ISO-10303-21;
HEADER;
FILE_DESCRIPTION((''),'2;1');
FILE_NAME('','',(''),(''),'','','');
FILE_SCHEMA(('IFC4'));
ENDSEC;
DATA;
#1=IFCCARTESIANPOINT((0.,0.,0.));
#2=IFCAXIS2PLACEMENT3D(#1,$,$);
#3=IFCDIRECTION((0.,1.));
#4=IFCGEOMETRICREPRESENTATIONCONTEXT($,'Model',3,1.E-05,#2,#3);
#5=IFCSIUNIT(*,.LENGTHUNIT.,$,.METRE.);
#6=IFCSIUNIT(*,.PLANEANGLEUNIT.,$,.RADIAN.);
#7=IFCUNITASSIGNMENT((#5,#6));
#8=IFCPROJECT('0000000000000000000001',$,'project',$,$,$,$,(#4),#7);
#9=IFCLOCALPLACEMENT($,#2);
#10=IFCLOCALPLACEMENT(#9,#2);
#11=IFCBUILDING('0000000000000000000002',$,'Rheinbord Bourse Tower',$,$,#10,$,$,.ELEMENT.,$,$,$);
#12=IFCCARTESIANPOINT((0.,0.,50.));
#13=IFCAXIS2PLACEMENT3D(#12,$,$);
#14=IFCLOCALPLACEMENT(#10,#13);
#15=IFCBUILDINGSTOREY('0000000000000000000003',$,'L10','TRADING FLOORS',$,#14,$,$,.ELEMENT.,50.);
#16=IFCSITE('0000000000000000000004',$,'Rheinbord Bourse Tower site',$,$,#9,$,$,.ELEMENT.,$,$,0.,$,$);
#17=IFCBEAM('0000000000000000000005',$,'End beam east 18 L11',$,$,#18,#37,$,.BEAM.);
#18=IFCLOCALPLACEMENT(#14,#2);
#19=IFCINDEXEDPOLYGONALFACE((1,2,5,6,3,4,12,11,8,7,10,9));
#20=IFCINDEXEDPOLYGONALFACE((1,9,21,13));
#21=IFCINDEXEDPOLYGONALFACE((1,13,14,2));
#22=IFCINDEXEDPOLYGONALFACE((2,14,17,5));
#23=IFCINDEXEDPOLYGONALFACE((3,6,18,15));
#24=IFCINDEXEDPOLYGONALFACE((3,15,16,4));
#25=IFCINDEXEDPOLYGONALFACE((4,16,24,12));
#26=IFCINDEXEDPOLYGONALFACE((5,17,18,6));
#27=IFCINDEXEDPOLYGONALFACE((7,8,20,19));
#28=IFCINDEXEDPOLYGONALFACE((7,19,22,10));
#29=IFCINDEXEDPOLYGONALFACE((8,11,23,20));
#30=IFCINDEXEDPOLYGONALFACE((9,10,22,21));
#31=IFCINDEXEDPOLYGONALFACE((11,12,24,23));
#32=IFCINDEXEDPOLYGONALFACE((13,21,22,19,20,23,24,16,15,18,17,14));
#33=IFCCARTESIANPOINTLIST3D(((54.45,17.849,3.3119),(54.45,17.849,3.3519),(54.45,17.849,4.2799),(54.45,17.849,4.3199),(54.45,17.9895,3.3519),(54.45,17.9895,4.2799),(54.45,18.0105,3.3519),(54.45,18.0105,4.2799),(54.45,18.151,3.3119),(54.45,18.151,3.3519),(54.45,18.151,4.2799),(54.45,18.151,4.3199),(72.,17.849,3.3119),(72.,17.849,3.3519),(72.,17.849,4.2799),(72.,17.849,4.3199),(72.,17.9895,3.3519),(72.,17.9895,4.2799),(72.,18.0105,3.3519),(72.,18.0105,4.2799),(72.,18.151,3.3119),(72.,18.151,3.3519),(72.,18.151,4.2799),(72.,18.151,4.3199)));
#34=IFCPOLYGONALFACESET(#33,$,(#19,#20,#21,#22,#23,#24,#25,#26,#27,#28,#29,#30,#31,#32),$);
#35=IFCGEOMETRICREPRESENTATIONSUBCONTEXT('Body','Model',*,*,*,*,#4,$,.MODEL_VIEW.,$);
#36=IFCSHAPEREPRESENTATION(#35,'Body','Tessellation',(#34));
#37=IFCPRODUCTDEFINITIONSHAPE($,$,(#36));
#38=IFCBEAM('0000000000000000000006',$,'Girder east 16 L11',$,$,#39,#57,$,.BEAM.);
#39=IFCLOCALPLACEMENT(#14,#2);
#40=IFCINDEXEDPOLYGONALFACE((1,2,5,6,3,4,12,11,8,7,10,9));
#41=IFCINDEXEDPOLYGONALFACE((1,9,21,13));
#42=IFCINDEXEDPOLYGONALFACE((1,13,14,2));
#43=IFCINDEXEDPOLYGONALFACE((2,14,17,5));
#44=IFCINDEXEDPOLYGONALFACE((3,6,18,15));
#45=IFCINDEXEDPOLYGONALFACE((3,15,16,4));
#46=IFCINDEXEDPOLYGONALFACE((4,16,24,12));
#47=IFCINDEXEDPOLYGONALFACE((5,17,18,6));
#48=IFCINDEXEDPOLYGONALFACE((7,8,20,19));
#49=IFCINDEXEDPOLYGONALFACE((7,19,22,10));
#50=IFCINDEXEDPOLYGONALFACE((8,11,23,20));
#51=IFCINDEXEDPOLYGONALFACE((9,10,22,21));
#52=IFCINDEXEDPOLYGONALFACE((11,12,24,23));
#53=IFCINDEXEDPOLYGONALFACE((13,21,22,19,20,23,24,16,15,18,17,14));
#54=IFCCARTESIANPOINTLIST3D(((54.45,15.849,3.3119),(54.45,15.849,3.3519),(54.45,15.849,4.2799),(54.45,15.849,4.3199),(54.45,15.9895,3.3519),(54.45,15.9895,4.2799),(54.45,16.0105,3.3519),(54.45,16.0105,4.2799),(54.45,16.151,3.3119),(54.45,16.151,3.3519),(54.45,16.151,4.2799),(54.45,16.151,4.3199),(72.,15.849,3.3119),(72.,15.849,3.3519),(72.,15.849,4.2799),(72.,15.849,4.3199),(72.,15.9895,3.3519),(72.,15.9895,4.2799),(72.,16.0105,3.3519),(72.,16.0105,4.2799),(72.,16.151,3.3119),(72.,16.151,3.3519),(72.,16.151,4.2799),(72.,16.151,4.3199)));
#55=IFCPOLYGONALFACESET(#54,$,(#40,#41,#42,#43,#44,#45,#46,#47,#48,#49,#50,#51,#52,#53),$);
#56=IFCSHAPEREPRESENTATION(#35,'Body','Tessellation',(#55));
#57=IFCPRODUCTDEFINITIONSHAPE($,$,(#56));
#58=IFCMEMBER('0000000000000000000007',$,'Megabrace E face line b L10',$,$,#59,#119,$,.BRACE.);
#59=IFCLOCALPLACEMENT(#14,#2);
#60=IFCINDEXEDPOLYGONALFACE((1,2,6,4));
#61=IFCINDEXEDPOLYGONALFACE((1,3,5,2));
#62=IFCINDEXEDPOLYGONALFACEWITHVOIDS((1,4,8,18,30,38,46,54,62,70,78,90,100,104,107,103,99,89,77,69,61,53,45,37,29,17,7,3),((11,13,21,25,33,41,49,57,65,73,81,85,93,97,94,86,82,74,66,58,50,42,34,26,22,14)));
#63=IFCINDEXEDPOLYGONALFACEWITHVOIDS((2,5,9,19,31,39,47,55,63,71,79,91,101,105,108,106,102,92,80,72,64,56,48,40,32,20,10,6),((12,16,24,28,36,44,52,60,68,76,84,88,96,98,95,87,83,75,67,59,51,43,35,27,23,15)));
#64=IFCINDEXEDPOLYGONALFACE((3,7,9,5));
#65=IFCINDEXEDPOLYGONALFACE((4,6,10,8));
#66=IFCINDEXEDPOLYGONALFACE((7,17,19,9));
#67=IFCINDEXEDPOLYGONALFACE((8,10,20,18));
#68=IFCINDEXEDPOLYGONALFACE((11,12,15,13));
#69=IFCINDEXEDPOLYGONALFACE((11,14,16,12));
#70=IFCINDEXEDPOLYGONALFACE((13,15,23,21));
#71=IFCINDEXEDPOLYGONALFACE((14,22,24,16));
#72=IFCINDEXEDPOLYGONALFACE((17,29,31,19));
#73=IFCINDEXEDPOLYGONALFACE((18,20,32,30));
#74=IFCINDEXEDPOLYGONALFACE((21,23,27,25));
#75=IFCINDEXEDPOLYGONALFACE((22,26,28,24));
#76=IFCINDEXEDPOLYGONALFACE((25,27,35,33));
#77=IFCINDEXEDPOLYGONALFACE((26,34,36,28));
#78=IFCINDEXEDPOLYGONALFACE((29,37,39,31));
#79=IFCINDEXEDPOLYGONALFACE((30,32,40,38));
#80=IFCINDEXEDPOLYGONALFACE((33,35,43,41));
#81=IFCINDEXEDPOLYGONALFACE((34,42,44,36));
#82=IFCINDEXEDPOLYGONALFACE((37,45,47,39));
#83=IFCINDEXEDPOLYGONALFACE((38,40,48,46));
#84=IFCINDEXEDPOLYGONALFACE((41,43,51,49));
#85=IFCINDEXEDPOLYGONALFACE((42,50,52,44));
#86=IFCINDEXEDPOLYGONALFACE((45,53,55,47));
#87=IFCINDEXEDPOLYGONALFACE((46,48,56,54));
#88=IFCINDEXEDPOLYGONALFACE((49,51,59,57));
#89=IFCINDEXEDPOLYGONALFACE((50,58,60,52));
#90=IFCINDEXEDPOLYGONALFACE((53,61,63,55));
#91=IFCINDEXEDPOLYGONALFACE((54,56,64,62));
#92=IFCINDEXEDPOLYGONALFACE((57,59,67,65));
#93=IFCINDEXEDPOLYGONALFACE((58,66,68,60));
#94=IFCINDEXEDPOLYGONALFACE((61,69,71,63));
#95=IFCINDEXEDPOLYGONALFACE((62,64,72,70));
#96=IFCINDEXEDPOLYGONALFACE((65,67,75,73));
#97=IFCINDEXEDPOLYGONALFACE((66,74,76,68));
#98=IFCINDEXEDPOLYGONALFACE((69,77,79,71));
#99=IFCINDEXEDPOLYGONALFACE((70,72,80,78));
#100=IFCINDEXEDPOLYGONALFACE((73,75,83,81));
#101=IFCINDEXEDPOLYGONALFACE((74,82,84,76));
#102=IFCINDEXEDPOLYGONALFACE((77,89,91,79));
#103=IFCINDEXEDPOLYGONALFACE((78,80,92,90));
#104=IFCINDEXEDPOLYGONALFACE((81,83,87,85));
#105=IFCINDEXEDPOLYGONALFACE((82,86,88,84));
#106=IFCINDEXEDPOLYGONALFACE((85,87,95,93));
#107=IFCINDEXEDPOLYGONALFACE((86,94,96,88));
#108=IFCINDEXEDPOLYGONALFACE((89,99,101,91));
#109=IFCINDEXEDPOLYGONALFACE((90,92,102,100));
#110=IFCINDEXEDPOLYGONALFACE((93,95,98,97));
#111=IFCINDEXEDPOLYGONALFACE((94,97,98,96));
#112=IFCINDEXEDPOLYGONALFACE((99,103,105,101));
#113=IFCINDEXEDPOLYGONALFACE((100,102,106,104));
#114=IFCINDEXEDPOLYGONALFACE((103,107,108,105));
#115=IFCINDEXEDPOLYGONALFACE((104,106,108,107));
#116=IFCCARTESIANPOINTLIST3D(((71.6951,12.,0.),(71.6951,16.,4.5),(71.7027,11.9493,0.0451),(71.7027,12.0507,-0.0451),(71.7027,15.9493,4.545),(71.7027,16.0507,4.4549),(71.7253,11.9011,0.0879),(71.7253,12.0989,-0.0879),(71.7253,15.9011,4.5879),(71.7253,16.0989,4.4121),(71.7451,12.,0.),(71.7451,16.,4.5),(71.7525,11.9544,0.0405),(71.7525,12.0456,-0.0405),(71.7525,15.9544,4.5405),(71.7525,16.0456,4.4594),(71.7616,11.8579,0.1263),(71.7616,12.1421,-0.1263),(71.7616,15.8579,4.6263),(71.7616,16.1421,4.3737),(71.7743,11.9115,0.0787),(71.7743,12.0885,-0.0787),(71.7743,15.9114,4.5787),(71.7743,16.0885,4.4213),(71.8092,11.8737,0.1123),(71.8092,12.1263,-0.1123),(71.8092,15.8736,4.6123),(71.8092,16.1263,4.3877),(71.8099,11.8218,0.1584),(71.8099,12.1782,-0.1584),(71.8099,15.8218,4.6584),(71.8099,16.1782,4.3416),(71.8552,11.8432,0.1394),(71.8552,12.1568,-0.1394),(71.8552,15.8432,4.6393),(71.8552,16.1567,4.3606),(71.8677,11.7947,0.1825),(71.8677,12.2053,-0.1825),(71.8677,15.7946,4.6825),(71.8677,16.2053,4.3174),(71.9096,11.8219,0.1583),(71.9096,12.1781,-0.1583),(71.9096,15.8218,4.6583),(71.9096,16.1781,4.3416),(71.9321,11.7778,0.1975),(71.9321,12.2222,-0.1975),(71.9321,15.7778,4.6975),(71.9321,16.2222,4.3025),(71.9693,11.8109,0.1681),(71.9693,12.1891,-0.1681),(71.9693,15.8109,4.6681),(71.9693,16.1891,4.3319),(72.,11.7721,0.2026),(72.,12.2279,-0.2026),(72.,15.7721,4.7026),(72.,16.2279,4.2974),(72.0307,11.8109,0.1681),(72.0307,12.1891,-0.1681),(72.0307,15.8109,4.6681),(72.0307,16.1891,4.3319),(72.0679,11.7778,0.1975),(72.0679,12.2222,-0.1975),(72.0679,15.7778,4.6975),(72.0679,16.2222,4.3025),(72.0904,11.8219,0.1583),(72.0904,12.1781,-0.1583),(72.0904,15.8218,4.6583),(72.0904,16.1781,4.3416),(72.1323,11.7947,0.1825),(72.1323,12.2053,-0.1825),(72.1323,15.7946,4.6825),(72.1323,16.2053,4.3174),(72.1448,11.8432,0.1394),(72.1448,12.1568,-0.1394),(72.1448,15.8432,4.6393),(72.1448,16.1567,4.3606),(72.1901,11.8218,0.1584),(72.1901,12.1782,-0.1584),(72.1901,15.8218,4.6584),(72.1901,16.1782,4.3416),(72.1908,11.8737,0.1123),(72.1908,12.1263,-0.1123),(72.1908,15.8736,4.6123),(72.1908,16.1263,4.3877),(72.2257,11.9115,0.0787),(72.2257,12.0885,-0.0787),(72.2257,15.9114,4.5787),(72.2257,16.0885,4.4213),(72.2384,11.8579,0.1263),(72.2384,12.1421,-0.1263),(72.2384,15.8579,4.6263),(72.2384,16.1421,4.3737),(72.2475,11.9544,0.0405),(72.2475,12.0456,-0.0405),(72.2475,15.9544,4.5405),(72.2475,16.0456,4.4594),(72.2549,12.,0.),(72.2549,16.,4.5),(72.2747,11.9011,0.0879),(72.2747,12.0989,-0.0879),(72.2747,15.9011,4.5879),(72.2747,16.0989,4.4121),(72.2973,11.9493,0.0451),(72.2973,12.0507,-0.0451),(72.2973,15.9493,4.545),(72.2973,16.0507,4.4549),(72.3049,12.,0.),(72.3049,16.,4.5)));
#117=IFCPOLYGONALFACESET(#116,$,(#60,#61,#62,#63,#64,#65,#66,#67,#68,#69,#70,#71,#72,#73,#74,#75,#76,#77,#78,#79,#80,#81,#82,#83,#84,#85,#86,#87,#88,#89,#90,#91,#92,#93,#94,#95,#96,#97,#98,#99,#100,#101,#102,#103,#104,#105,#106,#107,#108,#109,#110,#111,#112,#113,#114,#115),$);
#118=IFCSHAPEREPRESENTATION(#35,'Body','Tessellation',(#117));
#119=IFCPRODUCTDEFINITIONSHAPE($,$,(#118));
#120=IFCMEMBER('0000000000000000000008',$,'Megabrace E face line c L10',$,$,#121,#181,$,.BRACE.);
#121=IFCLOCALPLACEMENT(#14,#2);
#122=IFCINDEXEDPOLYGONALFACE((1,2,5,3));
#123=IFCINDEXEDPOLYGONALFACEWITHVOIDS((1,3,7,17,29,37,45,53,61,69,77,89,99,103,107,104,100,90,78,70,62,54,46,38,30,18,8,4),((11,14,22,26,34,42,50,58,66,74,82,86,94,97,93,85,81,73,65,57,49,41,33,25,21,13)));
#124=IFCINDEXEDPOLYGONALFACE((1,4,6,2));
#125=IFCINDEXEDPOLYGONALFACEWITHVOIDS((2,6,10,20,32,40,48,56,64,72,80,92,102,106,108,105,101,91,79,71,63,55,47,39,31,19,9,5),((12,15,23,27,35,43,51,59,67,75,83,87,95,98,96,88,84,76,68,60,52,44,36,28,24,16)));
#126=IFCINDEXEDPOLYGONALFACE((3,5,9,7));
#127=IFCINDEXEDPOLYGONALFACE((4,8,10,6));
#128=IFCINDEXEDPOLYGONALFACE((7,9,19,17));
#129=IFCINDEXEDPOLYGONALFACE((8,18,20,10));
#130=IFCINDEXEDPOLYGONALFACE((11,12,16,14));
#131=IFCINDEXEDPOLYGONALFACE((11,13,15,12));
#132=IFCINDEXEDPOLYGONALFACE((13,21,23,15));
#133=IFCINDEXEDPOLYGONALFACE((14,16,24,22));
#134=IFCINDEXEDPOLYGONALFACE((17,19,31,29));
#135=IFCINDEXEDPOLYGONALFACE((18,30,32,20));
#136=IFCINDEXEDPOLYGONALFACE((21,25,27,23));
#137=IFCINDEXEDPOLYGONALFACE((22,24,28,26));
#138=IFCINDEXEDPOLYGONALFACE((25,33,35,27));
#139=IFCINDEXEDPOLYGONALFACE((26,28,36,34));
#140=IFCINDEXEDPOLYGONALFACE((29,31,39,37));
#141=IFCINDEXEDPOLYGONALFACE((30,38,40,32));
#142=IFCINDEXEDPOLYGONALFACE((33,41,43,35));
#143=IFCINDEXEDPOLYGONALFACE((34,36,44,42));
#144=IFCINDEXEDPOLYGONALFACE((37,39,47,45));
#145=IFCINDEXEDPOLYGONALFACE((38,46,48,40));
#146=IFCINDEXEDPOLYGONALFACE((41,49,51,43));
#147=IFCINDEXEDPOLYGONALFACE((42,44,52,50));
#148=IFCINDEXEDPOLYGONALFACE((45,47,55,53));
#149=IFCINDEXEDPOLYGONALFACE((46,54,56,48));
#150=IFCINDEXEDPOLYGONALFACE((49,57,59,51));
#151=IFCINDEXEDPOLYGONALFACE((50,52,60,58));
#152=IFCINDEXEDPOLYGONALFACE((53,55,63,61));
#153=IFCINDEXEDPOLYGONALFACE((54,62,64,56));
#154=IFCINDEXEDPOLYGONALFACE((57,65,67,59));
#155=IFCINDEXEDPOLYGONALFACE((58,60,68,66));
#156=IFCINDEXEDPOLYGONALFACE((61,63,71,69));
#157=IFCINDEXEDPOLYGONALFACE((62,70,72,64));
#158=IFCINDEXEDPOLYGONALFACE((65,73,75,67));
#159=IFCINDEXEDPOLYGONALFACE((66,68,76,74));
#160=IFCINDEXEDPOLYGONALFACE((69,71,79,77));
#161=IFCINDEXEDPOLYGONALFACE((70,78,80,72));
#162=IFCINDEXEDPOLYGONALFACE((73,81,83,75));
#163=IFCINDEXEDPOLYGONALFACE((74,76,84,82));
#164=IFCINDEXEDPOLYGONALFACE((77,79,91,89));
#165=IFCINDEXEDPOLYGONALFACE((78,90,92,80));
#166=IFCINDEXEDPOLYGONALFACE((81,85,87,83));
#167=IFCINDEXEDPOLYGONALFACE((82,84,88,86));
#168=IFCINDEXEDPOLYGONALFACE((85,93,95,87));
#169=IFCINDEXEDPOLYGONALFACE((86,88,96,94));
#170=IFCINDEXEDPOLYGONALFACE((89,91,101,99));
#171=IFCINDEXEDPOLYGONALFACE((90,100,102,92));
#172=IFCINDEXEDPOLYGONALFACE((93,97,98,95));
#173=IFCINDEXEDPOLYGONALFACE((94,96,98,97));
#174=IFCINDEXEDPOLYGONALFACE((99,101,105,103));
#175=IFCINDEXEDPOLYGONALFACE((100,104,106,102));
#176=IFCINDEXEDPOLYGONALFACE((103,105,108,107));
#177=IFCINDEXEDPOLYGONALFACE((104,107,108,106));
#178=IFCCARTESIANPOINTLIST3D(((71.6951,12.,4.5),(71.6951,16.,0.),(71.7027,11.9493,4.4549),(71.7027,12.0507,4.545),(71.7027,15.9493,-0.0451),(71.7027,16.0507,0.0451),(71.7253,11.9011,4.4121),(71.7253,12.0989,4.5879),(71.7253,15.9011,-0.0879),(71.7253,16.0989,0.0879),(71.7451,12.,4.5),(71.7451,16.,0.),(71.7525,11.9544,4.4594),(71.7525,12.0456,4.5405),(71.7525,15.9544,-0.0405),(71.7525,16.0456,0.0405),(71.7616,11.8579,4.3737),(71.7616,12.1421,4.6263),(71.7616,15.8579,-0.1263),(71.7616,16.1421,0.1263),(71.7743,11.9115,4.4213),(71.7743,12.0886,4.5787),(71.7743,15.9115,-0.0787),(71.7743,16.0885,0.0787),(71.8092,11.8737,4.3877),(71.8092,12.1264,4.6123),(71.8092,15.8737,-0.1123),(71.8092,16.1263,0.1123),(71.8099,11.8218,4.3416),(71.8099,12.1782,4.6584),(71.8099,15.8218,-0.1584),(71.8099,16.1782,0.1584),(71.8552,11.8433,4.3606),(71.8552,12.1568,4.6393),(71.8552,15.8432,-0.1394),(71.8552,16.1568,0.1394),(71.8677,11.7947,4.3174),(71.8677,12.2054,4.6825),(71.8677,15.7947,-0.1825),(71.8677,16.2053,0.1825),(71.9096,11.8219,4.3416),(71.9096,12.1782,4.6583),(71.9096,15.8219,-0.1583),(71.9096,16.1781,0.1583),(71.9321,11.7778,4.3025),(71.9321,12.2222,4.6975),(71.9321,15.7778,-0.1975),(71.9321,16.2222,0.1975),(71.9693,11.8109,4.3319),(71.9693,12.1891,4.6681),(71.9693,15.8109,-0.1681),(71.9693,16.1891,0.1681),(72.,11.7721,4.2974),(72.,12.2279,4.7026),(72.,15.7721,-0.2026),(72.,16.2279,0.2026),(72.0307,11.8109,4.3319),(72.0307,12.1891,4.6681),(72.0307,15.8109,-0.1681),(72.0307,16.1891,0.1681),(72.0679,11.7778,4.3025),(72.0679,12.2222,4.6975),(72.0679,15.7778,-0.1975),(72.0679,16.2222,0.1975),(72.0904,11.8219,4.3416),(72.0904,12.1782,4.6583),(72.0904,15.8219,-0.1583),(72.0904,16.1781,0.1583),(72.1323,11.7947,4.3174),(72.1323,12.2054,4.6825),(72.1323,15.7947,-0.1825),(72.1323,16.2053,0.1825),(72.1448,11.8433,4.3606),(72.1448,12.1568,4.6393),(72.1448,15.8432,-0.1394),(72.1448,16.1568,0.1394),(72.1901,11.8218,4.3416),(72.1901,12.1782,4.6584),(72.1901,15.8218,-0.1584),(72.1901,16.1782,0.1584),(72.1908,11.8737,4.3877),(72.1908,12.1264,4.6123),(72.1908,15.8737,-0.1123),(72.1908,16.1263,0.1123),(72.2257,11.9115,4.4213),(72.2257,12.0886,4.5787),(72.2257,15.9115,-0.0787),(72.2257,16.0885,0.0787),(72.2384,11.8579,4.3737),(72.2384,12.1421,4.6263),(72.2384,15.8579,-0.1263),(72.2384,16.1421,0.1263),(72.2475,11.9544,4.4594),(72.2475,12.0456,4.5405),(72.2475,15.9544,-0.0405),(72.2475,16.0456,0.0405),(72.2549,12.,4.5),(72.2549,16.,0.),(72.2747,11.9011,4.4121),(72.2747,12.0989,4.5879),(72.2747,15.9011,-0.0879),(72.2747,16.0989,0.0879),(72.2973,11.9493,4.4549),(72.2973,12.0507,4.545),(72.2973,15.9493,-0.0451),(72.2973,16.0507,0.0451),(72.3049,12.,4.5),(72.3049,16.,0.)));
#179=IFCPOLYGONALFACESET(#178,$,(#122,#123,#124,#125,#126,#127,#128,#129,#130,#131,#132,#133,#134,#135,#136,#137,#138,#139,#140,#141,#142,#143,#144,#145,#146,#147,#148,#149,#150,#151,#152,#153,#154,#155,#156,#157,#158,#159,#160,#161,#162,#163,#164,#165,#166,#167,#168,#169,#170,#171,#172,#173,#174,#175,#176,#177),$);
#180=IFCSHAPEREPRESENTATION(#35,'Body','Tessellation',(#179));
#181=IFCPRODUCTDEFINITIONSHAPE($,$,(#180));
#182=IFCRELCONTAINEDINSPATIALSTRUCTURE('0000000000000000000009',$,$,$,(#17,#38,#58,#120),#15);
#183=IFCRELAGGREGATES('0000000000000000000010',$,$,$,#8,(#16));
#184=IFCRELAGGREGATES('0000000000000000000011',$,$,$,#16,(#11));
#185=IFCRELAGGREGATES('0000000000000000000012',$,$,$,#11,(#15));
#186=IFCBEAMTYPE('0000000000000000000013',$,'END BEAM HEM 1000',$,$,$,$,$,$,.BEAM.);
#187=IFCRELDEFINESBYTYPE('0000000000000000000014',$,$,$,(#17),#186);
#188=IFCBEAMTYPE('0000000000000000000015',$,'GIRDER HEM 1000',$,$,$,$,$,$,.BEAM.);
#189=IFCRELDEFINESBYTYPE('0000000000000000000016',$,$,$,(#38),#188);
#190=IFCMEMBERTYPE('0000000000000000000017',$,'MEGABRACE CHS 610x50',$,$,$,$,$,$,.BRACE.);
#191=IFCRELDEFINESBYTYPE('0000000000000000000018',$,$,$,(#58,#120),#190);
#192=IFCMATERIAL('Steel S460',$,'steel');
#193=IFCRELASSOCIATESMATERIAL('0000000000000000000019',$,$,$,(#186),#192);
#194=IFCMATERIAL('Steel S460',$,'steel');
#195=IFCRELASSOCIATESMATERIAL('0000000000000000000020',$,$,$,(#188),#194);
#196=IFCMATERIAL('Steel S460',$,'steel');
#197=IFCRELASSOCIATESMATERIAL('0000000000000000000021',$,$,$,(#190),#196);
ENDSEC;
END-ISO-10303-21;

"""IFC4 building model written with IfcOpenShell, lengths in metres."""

from ifc_helpers import new_model, si_unit, direction, frame, origin, origin_2d, place, context, subcontext, project, spatial, hollow_circle, i_section, extrude, material, material_profile, profile_set, type_object, element, save


model = new_model("IFC4")

# Units and contexts
model_context = context("Model", 3, precision=1e-05, world=origin(), true_north=direction((0.0, 1.0)))
body_context = subcontext(model_context, "Body", "Model", "MODEL_VIEW")
ifc_project = project(units=[si_unit("LENGTHUNIT", "METRE"), si_unit("PLANEANGLEUNIT", "RADIAN")], contexts=[model_context])

# Site, building, storey
site_placement = place(None, origin())
site = spatial("IfcSite", under=ifc_project, at=site_placement, Name="Rheinbord Bourse Tower site", CompositionType="ELEMENT", RefElevation=0.0)
building_placement = place(site_placement, origin())
building = spatial("IfcBuilding", under=site, at=building_placement, Name="Rheinbord Bourse Tower", CompositionType="ELEMENT")
storey_placement = place(building_placement, frame((0.0, 0.0, 50.0)))
storey = spatial("IfcBuildingStorey", under=building, at=storey_placement, Name="L10", Description="TRADING FLOORS", CompositionType="ELEMENT", Elevation=50.0)

# Beams
ifc_material_1 = material(Name="Steel S460", Category="steel")
ifc_material_profile_1 = material_profile(ifc_material_1, i_section(OverallWidth=0.302, OverallDepth=1.0081, WebThickness=0.021, FlangeThickness=0.04, at=origin_2d()), Name="HEM 1000")
ifc_profile_set_1 = profile_set([ifc_material_profile_1], Name="Steel S460")
beam_type_1 = type_object("IfcBeamType", Name="END BEAM HEM 1000", PredefinedType="BEAM", material=ifc_profile_set_1)
beam_1_placement = place(storey_placement, frame((54.45, 18.0, 3.8159), z_axis=(1.0, 0.0, 0.0), x_axis=(0.0, 1.0, 0.0)))
element("IfcBeam", 1, at=beam_1_placement, inside=storey, type_object=beam_type_1, Name="End beam east 18 L11", PredefinedType="BEAM", context=body_context, shape_type="SweptSolid", body=[
    extrude(i_section(OverallWidth=0.302, OverallDepth=1.0081, WebThickness=0.021, FlangeThickness=0.04, at=origin_2d()), origin(), (0.0, 0.0, 1.0), 17.55),
])
ifc_material_2 = material(Name="Steel S460", Category="steel")
ifc_material_profile_2 = material_profile(ifc_material_2, i_section(OverallWidth=0.302, OverallDepth=1.0081, WebThickness=0.021, FlangeThickness=0.04, at=origin_2d()), Name="HEM 1000")
ifc_profile_set_2 = profile_set([ifc_material_profile_2], Name="Steel S460")
beam_type_2 = type_object("IfcBeamType", Name="GIRDER HEM 1000", PredefinedType="BEAM", material=ifc_profile_set_2)
beam_2_placement = place(storey_placement, frame((54.45, 16.0, 3.8159), z_axis=(1.0, 0.0, 0.0), x_axis=(0.0, 1.0, 0.0)))
element("IfcBeam", 2, at=beam_2_placement, inside=storey, type_object=beam_type_2, Name="Girder east 16 L11", PredefinedType="BEAM", context=body_context, shape_type="SweptSolid", body=[
    extrude(i_section(OverallWidth=0.302, OverallDepth=1.0081, WebThickness=0.021, FlangeThickness=0.04, at=origin_2d()), origin(), (0.0, 0.0, 1.0), 17.55),
])

# Members
ifc_material_3 = material(Name="Steel S460", Category="steel")
ifc_material_profile_3 = material_profile(ifc_material_3, hollow_circle(Radius=0.3049, WallThickness=0.05, at=origin_2d()), Name="CHS 610x50")
ifc_profile_set_3 = profile_set([ifc_material_profile_3], Name="Steel S460")
member_type_1 = type_object("IfcMemberType", Name="MEGABRACE CHS 610x50", PredefinedType="BRACE", material=ifc_profile_set_3)
for number, where, z_axis, x_axis, name in (
    (3, (72.0, 12.0, 0.0), (0.0, 0.664364, 0.747409), (-1.0, 0.0, 0.0), "Megabrace E face line b L10"),
    (4, (72.0, 16.0, 0.0), (0.0, -0.664364, 0.747409), (1.0, 0.0, 0.0), "Megabrace E face line c L10"),
):
    element("IfcMember", number, at=place(storey_placement, frame(where, z_axis=z_axis, x_axis=x_axis)), inside=storey, type_object=member_type_1, Name=name, PredefinedType="BRACE", context=body_context, shape_type="SweptSolid", body=[
        extrude(hollow_circle(Radius=0.3049, WallThickness=0.05, at=origin_2d()), origin(), (0.0, 0.0, 1.0), 6.0208),
    ])

save(model, "model.ifc")
